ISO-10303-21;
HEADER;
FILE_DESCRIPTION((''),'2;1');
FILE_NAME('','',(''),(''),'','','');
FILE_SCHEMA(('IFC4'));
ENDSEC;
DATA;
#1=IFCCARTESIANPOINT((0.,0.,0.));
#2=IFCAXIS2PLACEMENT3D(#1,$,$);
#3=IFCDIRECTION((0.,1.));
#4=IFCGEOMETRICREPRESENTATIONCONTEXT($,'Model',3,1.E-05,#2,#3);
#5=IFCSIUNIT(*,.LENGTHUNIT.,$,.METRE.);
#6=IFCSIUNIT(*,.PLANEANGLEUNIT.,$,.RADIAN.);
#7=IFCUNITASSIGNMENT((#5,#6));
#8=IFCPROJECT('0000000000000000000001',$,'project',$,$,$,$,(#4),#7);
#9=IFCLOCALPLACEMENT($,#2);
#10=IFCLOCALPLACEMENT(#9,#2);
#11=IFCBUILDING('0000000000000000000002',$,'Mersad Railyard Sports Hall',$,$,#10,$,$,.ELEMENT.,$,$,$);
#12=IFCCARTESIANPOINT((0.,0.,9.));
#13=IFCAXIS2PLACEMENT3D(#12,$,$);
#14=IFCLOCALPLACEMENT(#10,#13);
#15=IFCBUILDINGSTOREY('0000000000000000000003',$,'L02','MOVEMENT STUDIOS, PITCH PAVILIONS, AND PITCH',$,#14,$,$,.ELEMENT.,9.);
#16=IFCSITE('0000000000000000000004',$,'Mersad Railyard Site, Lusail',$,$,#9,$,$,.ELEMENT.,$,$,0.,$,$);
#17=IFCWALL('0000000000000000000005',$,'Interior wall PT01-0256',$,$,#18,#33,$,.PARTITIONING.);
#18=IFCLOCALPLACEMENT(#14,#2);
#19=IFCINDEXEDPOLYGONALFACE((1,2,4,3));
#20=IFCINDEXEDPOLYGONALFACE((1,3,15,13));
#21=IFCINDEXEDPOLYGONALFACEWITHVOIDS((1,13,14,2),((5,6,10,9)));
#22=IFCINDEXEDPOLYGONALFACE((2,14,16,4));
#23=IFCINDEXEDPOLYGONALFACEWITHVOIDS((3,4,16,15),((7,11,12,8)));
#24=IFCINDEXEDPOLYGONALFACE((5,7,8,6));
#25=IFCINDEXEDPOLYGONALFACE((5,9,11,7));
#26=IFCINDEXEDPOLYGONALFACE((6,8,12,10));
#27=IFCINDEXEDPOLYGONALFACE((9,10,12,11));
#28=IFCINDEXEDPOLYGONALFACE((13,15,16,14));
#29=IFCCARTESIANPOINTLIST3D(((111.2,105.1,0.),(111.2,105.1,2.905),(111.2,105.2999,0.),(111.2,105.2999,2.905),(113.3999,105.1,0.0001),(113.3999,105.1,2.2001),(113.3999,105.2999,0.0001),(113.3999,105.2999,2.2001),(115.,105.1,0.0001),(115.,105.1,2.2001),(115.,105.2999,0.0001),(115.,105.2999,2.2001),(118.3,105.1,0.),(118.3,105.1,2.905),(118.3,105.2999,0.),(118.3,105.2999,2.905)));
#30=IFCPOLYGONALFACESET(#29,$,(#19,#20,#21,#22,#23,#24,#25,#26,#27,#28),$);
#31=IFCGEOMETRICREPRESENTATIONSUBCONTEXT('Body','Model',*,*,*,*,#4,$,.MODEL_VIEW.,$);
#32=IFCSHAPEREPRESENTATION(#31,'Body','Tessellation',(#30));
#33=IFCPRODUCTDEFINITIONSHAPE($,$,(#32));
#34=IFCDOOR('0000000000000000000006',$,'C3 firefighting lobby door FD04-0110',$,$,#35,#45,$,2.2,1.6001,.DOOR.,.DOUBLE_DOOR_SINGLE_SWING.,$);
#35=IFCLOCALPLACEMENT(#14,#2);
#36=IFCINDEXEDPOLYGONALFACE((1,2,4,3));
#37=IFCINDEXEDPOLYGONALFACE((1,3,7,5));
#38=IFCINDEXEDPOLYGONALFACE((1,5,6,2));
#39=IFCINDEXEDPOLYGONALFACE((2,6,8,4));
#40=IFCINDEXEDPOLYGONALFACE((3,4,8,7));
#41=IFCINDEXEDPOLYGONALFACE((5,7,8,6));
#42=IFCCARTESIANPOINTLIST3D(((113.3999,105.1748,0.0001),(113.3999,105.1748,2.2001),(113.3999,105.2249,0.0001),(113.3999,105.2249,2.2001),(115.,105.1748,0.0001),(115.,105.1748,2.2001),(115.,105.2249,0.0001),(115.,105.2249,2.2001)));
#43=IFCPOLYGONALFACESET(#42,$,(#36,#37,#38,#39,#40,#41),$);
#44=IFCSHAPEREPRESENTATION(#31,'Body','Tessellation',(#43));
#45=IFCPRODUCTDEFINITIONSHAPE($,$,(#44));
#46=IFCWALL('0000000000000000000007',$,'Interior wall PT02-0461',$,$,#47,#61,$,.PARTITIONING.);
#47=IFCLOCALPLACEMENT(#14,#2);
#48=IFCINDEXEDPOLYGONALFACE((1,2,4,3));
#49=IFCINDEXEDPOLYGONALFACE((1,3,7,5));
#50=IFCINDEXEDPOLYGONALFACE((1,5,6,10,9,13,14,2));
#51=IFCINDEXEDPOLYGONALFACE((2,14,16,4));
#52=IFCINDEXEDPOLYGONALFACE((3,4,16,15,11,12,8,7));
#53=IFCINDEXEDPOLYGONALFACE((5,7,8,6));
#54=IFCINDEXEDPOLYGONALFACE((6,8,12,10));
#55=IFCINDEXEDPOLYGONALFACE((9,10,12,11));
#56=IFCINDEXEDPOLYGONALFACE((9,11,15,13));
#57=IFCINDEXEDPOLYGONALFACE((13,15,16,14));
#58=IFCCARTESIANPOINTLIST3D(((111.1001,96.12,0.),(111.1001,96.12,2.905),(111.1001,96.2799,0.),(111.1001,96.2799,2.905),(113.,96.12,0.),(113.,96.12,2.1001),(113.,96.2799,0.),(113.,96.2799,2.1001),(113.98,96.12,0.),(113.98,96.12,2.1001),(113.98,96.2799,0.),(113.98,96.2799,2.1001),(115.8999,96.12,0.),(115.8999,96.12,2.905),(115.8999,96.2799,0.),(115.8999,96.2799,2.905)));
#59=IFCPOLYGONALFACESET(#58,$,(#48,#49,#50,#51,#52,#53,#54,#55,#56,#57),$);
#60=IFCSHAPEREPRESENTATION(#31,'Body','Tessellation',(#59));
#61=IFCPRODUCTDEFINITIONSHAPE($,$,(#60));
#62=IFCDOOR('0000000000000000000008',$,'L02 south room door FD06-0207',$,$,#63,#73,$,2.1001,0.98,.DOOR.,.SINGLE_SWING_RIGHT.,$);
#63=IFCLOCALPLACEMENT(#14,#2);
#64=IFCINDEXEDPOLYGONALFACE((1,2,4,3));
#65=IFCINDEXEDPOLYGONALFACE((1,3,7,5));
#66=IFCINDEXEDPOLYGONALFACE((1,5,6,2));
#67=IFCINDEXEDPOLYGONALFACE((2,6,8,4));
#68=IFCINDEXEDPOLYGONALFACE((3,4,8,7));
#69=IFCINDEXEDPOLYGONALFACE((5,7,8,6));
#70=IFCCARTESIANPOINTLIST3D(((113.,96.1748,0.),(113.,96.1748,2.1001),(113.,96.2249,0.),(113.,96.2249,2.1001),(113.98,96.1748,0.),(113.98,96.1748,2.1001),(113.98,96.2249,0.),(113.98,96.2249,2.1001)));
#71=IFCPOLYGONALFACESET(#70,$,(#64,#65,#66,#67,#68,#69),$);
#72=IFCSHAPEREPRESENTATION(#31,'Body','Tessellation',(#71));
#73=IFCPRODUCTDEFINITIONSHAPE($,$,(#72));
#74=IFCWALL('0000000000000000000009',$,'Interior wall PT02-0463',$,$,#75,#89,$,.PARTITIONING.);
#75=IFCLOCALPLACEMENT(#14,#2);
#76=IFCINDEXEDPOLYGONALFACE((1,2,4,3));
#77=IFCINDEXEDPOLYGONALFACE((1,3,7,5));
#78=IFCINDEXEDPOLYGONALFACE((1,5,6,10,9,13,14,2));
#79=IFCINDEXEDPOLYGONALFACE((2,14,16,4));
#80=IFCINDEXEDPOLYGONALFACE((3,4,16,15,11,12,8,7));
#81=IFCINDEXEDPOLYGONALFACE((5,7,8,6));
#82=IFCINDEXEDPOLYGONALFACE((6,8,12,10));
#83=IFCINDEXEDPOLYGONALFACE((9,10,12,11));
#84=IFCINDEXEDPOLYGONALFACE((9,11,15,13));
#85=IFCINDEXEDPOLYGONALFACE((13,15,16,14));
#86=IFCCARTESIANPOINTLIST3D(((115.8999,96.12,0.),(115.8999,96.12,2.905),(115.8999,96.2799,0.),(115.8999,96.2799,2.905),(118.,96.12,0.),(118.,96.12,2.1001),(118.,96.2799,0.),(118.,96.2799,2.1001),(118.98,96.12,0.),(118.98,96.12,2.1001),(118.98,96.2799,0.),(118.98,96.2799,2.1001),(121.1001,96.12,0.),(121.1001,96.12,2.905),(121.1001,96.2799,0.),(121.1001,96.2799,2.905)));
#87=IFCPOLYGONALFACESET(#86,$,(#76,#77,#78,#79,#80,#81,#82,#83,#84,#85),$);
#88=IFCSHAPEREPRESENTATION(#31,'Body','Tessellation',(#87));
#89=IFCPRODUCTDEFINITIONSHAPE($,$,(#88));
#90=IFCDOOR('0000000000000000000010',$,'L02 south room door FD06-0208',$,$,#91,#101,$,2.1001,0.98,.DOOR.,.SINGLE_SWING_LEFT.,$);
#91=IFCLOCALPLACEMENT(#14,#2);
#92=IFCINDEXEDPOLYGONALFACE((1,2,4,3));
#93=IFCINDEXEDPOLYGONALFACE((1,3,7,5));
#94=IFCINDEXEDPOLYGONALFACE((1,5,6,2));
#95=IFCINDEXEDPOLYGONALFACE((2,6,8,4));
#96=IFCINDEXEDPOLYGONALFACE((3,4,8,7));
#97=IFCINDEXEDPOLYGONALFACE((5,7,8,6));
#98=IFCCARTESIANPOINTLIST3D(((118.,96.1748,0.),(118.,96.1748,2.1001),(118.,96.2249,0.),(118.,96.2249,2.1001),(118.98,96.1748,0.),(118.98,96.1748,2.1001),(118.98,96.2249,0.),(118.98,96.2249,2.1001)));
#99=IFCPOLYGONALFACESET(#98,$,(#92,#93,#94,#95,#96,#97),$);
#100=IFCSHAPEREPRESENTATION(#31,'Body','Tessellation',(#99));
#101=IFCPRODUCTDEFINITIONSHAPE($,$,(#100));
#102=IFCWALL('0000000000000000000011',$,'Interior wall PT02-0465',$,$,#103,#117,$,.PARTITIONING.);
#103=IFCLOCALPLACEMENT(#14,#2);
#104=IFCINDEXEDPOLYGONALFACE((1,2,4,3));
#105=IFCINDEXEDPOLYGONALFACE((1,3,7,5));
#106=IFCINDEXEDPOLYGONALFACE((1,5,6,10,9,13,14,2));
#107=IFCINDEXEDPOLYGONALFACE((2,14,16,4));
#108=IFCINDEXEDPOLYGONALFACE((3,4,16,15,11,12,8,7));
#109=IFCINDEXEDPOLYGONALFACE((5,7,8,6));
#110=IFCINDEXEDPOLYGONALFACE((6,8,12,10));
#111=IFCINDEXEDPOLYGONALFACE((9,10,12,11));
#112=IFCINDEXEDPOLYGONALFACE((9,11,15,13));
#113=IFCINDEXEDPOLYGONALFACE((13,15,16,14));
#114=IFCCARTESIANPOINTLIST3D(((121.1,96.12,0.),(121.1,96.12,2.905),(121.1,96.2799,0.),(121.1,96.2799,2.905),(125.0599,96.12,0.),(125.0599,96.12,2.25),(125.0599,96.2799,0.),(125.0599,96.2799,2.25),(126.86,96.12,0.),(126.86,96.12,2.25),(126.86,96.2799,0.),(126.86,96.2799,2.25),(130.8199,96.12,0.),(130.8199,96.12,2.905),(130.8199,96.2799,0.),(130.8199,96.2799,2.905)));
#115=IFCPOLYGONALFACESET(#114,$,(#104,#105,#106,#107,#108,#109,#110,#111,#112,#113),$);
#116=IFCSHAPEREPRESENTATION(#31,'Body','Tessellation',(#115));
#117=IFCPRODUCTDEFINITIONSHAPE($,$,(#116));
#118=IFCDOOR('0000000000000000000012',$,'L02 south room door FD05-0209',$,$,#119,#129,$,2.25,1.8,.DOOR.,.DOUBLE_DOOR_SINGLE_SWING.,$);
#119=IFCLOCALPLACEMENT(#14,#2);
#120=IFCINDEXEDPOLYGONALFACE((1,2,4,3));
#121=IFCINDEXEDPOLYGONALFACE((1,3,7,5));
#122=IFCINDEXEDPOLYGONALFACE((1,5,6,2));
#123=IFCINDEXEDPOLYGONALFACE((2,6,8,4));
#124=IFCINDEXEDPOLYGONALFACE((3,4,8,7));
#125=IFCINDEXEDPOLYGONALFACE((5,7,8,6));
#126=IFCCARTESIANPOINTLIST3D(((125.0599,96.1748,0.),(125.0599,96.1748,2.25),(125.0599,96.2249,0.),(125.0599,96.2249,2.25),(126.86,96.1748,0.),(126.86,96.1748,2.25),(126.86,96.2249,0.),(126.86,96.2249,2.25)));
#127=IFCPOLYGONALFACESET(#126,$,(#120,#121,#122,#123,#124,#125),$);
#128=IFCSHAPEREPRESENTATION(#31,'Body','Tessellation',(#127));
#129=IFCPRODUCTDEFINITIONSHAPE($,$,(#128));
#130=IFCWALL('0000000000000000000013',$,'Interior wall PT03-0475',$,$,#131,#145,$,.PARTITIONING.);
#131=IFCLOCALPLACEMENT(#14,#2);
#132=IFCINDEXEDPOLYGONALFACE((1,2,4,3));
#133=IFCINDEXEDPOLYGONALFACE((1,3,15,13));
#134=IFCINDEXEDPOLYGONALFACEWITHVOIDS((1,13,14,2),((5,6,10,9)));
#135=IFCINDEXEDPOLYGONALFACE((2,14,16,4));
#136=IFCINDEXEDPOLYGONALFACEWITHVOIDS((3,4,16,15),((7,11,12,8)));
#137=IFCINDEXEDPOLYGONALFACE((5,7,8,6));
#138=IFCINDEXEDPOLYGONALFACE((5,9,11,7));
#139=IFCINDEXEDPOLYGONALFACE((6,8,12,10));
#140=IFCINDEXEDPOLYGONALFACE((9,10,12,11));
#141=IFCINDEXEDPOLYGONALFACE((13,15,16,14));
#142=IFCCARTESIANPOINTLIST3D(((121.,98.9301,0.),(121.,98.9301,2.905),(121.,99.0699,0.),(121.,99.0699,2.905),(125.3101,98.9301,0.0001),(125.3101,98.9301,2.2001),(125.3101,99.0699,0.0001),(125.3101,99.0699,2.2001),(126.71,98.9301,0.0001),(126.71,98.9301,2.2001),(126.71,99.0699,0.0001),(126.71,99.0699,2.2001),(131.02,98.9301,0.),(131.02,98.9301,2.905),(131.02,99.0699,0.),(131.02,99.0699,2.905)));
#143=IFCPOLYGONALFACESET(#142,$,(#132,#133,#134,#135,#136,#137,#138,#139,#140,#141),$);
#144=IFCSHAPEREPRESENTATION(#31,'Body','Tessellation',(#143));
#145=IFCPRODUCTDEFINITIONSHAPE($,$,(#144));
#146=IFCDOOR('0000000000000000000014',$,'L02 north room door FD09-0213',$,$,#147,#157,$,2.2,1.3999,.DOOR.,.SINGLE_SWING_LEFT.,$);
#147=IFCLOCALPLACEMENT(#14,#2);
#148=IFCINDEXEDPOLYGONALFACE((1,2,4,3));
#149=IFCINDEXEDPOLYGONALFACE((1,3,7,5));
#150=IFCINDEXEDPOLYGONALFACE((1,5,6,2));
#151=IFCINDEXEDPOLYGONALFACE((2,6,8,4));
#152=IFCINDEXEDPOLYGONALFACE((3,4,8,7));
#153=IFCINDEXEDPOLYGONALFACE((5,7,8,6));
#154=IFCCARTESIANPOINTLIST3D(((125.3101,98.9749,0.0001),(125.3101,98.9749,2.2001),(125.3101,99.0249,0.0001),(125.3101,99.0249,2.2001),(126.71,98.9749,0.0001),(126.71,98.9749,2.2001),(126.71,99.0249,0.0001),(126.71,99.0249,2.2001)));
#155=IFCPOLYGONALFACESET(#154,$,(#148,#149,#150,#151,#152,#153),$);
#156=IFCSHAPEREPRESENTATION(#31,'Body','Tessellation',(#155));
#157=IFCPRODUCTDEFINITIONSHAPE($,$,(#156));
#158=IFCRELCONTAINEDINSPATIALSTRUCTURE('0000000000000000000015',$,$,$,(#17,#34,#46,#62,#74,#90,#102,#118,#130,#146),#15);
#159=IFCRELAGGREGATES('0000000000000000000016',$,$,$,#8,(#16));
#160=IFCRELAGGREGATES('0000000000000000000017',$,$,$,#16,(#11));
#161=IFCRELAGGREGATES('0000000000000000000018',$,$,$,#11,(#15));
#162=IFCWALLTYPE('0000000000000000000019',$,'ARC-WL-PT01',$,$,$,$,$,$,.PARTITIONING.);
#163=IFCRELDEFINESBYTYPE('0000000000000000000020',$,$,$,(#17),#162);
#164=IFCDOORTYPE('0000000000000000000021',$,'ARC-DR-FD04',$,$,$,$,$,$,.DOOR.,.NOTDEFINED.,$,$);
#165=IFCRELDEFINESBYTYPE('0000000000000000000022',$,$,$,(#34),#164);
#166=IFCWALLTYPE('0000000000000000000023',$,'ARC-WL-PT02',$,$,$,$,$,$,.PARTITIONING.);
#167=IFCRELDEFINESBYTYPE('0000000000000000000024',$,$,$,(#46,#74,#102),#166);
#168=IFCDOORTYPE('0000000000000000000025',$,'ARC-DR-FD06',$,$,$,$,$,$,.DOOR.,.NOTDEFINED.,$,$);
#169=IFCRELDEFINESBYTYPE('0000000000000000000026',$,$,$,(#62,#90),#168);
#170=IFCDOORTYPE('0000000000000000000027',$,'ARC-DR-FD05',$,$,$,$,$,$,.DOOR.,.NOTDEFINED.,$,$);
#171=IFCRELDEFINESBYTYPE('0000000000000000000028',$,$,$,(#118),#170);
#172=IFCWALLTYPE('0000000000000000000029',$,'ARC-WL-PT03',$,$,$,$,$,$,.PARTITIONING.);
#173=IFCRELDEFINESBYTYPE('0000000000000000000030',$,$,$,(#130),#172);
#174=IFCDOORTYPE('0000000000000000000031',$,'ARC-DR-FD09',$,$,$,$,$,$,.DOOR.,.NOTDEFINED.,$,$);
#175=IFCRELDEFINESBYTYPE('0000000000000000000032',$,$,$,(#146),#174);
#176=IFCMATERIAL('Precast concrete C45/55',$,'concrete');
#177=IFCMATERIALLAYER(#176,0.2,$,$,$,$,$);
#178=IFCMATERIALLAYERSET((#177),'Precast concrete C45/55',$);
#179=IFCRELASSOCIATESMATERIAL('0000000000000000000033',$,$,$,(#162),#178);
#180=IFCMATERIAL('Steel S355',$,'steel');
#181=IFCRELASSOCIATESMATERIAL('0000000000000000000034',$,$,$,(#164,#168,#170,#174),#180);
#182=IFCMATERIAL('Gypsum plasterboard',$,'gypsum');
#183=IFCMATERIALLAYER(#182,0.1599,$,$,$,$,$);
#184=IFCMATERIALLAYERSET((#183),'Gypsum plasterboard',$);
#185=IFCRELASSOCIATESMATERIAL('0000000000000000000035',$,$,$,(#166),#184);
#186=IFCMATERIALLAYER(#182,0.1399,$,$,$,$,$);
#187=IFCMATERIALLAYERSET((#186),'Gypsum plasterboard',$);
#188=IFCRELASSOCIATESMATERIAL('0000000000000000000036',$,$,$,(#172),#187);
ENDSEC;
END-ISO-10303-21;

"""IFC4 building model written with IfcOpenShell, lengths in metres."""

from ifc_helpers import new_model, si_unit, direction, frame, frame_2d, origin, place, context, subcontext, project, spatial, rectangle, extrude, material, layer, layer_set, type_object, element, fill, save


model = new_model("IFC4")

# Units and contexts
model_context = context("Model", 3, precision=1e-05, world=origin(), true_north=direction((0.0, 1.0)))
body_context = subcontext(model_context, "Body", "Model", "MODEL_VIEW")
ifc_project = project(units=[si_unit("LENGTHUNIT", "METRE"), si_unit("PLANEANGLEUNIT", "RADIAN")], contexts=[model_context])

# Site, building, storey
site_placement = place(None, origin())
site = spatial("IfcSite", under=ifc_project, at=site_placement, Name="Mersad Railyard Site, Lusail", CompositionType="ELEMENT", RefElevation=0.0)
building_placement = place(site_placement, origin())
building = spatial("IfcBuilding", under=site, at=building_placement, Name="Mersad Railyard Sports Hall", CompositionType="ELEMENT")
storey_placement = place(building_placement, frame((0.0, 0.0, 9.0)))
storey = spatial("IfcBuildingStorey", under=building, at=storey_placement, Name="L02", Description="MOVEMENT STUDIOS, PITCH PAVILIONS, AND PITCH", CompositionType="ELEMENT", Elevation=9.0)

# Shared definitions
ifc_material_1 = material(Name="Steel S355", Category="steel")

# Walls, openings, doors
ifc_material_2 = material(Name="Precast concrete C45/55", Category="concrete")
ifc_layer_1 = layer(ifc_material_2, 0.2)
ifc_layer_set_1 = layer_set([ifc_layer_1], Name="Precast concrete C45/55")
wall_type_1 = type_object("IfcWallType", Name="ARC-WL-PT01", PredefinedType="PARTITIONING", material=ifc_layer_set_1)
wall_1_placement = place(storey_placement, frame((111.2, 105.2, 0.0), z_axis=(0.0, 0.0, 1.0), x_axis=(1.0, 0.0, 0.0)))
wall_1 = element("IfcWall", 1, at=wall_1_placement, inside=storey, type_object=wall_type_1, Name="Interior wall PT01-0256", PredefinedType="PARTITIONING", context=body_context, shape_type="SweptSolid", body=[
    extrude(rectangle(XDim=7.1001, YDim=0.2, at=frame_2d((3.55, 0.0))), origin(), (0.0, 0.0, 1.0), 2.905),
])
opening_1_placement = place(wall_1_placement, frame((2.2, 0.0, 0.0)))
opening_1 = element("IfcOpeningElement", 2, at=opening_1_placement, cuts=wall_1, PredefinedType="OPENING", context=body_context, shape_type="SweptSolid", body=[
    extrude(rectangle(XDim=1.6001, YDim=2.2, at=frame_2d((0.8, 1.1001))), frame((0.0, 0.1099, 0.0), z_axis=(0.0, -1.0, 0.0), x_axis=(1.0, 0.0, 0.0)), (0.0, 0.0, 1.0), 0.22),
])
door_type_1 = type_object("IfcDoorType", Name="ARC-DR-FD04", OperationType="NOTDEFINED", PredefinedType="DOOR", material=ifc_material_1)
door_1_placement = place(opening_1_placement, origin())
door_1 = element("IfcDoor", 3, at=door_1_placement, inside=storey, type_object=door_type_1, Name="C3 firefighting lobby door FD04-0110", OperationType="DOUBLE_DOOR_SINGLE_SWING", OverallHeight=2.2, OverallWidth=1.6001, PredefinedType="DOOR", context=body_context, shape_type="SweptSolid", body=[
    extrude(rectangle(XDim=1.6001, YDim=2.2, at=frame_2d((0.8, 1.1001))), frame((0.0, 0.0249, 0.0), z_axis=(0.0, -1.0, 0.0), x_axis=(1.0, 0.0, 0.0)), (0.0, 0.0, 1.0), 0.05),
])
fill(opening_1, door_1)
ifc_material_3 = material(Name="Gypsum plasterboard", Category="gypsum")
ifc_layer_2 = layer(ifc_material_3, 0.1599)
ifc_layer_set_2 = layer_set([ifc_layer_2], Name="Gypsum plasterboard")
wall_type_2 = type_object("IfcWallType", Name="ARC-WL-PT02", PredefinedType="PARTITIONING", material=ifc_layer_set_2)
wall_2_placement = place(storey_placement, frame((111.1001, 96.2, 0.0), z_axis=(0.0, 0.0, 1.0), x_axis=(1.0, 0.0, 0.0)))
wall_2 = element("IfcWall", 4, at=wall_2_placement, inside=storey, type_object=wall_type_2, Name="Interior wall PT02-0461", PredefinedType="PARTITIONING", context=body_context, shape_type="SweptSolid", body=[
    extrude(rectangle(XDim=4.7998, YDim=0.1599, at=frame_2d((2.3999, 0.0))), origin(), (0.0, 0.0, 1.0), 2.905),
])
opening_2_placement = place(wall_2_placement, frame((1.8999, 0.0, 0.0)))
opening_2 = element("IfcOpeningElement", 5, at=opening_2_placement, cuts=wall_2, PredefinedType="OPENING", context=body_context, shape_type="SweptSolid", body=[
    extrude(rectangle(XDim=0.98, YDim=2.1001, at=frame_2d((0.49, 1.05))), frame((0.0, 0.0898, 0.0), z_axis=(0.0, -1.0, 0.0), x_axis=(1.0, 0.0, 0.0)), (0.0, 0.0, 1.0), 0.1799),
])
door_type_2 = type_object("IfcDoorType", Name="ARC-DR-FD06", OperationType="NOTDEFINED", PredefinedType="DOOR", material=ifc_material_1)
door_2_placement = place(opening_2_placement, origin())
door_2 = element("IfcDoor", 6, at=door_2_placement, inside=storey, type_object=door_type_2, Name="L02 south room door FD06-0207", OperationType="SINGLE_SWING_RIGHT", OverallHeight=2.1001, OverallWidth=0.98, PredefinedType="DOOR", context=body_context, shape_type="SweptSolid", body=[
    extrude(rectangle(XDim=0.98, YDim=2.1001, at=frame_2d((0.49, 1.05))), frame((0.0, 0.0249, 0.0), z_axis=(0.0, -1.0, 0.0), x_axis=(1.0, 0.0, 0.0)), (0.0, 0.0, 1.0), 0.05),
])
fill(opening_2, door_2)
wall_3_placement = place(storey_placement, frame((115.8999, 96.2, 0.0), z_axis=(0.0, 0.0, 1.0), x_axis=(1.0, 0.0, 0.0)))
wall_3 = element("IfcWall", 7, at=wall_3_placement, inside=storey, type_object=wall_type_2, Name="Interior wall PT02-0463", PredefinedType="PARTITIONING", context=body_context, shape_type="SweptSolid", body=[
    extrude(rectangle(XDim=5.2002, YDim=0.1599, at=frame_2d((2.6001, 0.0))), origin(), (0.0, 0.0, 1.0), 2.905),
])
opening_3_placement = place(wall_3_placement, frame((2.1001, 0.0, 0.0)))
opening_3 = element("IfcOpeningElement", 8, at=opening_3_placement, cuts=wall_3, PredefinedType="OPENING", context=body_context, shape_type="SweptSolid", body=[
    extrude(rectangle(XDim=0.98, YDim=2.1001, at=frame_2d((0.49, 1.05))), frame((0.0, 0.0898, 0.0), z_axis=(0.0, -1.0, 0.0), x_axis=(1.0, 0.0, 0.0)), (0.0, 0.0, 1.0), 0.1799),
])
door_3_placement = place(opening_3_placement, origin())
door_3 = element("IfcDoor", 9, at=door_3_placement, inside=storey, type_object=door_type_2, Name="L02 south room door FD06-0208", OperationType="SINGLE_SWING_LEFT", OverallHeight=2.1001, OverallWidth=0.98, PredefinedType="DOOR", context=body_context, shape_type="SweptSolid", body=[
    extrude(rectangle(XDim=0.98, YDim=2.1001, at=frame_2d((0.49, 1.05))), frame((0.0, 0.0249, 0.0), z_axis=(0.0, -1.0, 0.0), x_axis=(1.0, 0.0, 0.0)), (0.0, 0.0, 1.0), 0.05),
])
fill(opening_3, door_3)
wall_4_placement = place(storey_placement, frame((121.1001, 96.2, 0.0), z_axis=(0.0, 0.0, 1.0), x_axis=(1.0, 0.0, 0.0)))
wall_4 = element("IfcWall", 10, at=wall_4_placement, inside=storey, type_object=wall_type_2, Name="Interior wall PT02-0465", PredefinedType="PARTITIONING", context=body_context, shape_type="SweptSolid", body=[
    extrude(rectangle(XDim=9.72, YDim=0.1599, at=frame_2d((4.8599, 0.0))), origin(), (0.0, 0.0, 1.0), 2.905),
])
opening_4_placement = place(wall_4_placement, frame((3.96, 0.0, 0.0)))
opening_4 = element("IfcOpeningElement", 11, at=opening_4_placement, cuts=wall_4, PredefinedType="OPENING", context=body_context, shape_type="SweptSolid", body=[
    extrude(rectangle(XDim=1.8, YDim=2.25, at=frame_2d((0.8999, 1.125))), frame((0.0, 0.0898, 0.0), z_axis=(0.0, -1.0, 0.0), x_axis=(1.0, 0.0, 0.0)), (0.0, 0.0, 1.0), 0.1799),
])
door_type_3 = type_object("IfcDoorType", Name="ARC-DR-FD05", OperationType="NOTDEFINED", PredefinedType="DOOR", material=ifc_material_1)
door_4_placement = place(opening_4_placement, origin())
door_4 = element("IfcDoor", 12, at=door_4_placement, inside=storey, type_object=door_type_3, Name="L02 south room door FD05-0209", OperationType="DOUBLE_DOOR_SINGLE_SWING", OverallHeight=2.25, OverallWidth=1.8, PredefinedType="DOOR", context=body_context, shape_type="SweptSolid", body=[
    extrude(rectangle(XDim=1.8, YDim=2.25, at=frame_2d((0.8999, 1.125))), frame((0.0, 0.0249, 0.0), z_axis=(0.0, -1.0, 0.0), x_axis=(1.0, 0.0, 0.0)), (0.0, 0.0, 1.0), 0.05),
])
fill(opening_4, door_4)
ifc_layer_3 = layer(ifc_material_3, 0.1399)
ifc_layer_set_3 = layer_set([ifc_layer_3], Name="Gypsum plasterboard")
wall_type_3 = type_object("IfcWallType", Name="ARC-WL-PT03", PredefinedType="PARTITIONING", material=ifc_layer_set_3)
wall_5_placement = place(storey_placement, frame((121.0, 99.0, 0.0), z_axis=(0.0, 0.0, 1.0), x_axis=(1.0, 0.0, 0.0)))
wall_5 = element("IfcWall", 13, at=wall_5_placement, inside=storey, type_object=wall_type_3, Name="Interior wall PT03-0475", PredefinedType="PARTITIONING", context=body_context, shape_type="SweptSolid", body=[
    extrude(rectangle(XDim=10.02, YDim=0.1399, at=frame_2d((5.01, 0.0))), origin(), (0.0, 0.0, 1.0), 2.905),
])
opening_5_placement = place(wall_5_placement, frame((4.3101, 0.0, 0.0)))
opening_5 = element("IfcOpeningElement", 14, at=opening_5_placement, cuts=wall_5, PredefinedType="OPENING", context=body_context, shape_type="SweptSolid", body=[
    extrude(rectangle(XDim=1.3999, YDim=2.2, at=frame_2d((0.7, 1.1001))), frame((0.0, 0.0798, 0.0), z_axis=(0.0, -1.0, 0.0), x_axis=(1.0, 0.0, 0.0)), (0.0, 0.0, 1.0), 0.1599),
])
door_type_4 = type_object("IfcDoorType", Name="ARC-DR-FD09", OperationType="NOTDEFINED", PredefinedType="DOOR", material=ifc_material_1)
door_5_placement = place(opening_5_placement, origin())
door_5 = element("IfcDoor", 15, at=door_5_placement, inside=storey, type_object=door_type_4, Name="L02 north room door FD09-0213", OperationType="SINGLE_SWING_LEFT", OverallHeight=2.2, OverallWidth=1.3999, PredefinedType="DOOR", context=body_context, shape_type="SweptSolid", body=[
    extrude(rectangle(XDim=1.3999, YDim=2.2, at=frame_2d((0.7, 1.1001))), frame((0.0, 0.0249, 0.0), z_axis=(0.0, -1.0, 0.0), x_axis=(1.0, 0.0, 0.0)), (0.0, 0.0, 1.0), 0.05),
])
fill(opening_5, door_5)

save(model, "model.ifc")
